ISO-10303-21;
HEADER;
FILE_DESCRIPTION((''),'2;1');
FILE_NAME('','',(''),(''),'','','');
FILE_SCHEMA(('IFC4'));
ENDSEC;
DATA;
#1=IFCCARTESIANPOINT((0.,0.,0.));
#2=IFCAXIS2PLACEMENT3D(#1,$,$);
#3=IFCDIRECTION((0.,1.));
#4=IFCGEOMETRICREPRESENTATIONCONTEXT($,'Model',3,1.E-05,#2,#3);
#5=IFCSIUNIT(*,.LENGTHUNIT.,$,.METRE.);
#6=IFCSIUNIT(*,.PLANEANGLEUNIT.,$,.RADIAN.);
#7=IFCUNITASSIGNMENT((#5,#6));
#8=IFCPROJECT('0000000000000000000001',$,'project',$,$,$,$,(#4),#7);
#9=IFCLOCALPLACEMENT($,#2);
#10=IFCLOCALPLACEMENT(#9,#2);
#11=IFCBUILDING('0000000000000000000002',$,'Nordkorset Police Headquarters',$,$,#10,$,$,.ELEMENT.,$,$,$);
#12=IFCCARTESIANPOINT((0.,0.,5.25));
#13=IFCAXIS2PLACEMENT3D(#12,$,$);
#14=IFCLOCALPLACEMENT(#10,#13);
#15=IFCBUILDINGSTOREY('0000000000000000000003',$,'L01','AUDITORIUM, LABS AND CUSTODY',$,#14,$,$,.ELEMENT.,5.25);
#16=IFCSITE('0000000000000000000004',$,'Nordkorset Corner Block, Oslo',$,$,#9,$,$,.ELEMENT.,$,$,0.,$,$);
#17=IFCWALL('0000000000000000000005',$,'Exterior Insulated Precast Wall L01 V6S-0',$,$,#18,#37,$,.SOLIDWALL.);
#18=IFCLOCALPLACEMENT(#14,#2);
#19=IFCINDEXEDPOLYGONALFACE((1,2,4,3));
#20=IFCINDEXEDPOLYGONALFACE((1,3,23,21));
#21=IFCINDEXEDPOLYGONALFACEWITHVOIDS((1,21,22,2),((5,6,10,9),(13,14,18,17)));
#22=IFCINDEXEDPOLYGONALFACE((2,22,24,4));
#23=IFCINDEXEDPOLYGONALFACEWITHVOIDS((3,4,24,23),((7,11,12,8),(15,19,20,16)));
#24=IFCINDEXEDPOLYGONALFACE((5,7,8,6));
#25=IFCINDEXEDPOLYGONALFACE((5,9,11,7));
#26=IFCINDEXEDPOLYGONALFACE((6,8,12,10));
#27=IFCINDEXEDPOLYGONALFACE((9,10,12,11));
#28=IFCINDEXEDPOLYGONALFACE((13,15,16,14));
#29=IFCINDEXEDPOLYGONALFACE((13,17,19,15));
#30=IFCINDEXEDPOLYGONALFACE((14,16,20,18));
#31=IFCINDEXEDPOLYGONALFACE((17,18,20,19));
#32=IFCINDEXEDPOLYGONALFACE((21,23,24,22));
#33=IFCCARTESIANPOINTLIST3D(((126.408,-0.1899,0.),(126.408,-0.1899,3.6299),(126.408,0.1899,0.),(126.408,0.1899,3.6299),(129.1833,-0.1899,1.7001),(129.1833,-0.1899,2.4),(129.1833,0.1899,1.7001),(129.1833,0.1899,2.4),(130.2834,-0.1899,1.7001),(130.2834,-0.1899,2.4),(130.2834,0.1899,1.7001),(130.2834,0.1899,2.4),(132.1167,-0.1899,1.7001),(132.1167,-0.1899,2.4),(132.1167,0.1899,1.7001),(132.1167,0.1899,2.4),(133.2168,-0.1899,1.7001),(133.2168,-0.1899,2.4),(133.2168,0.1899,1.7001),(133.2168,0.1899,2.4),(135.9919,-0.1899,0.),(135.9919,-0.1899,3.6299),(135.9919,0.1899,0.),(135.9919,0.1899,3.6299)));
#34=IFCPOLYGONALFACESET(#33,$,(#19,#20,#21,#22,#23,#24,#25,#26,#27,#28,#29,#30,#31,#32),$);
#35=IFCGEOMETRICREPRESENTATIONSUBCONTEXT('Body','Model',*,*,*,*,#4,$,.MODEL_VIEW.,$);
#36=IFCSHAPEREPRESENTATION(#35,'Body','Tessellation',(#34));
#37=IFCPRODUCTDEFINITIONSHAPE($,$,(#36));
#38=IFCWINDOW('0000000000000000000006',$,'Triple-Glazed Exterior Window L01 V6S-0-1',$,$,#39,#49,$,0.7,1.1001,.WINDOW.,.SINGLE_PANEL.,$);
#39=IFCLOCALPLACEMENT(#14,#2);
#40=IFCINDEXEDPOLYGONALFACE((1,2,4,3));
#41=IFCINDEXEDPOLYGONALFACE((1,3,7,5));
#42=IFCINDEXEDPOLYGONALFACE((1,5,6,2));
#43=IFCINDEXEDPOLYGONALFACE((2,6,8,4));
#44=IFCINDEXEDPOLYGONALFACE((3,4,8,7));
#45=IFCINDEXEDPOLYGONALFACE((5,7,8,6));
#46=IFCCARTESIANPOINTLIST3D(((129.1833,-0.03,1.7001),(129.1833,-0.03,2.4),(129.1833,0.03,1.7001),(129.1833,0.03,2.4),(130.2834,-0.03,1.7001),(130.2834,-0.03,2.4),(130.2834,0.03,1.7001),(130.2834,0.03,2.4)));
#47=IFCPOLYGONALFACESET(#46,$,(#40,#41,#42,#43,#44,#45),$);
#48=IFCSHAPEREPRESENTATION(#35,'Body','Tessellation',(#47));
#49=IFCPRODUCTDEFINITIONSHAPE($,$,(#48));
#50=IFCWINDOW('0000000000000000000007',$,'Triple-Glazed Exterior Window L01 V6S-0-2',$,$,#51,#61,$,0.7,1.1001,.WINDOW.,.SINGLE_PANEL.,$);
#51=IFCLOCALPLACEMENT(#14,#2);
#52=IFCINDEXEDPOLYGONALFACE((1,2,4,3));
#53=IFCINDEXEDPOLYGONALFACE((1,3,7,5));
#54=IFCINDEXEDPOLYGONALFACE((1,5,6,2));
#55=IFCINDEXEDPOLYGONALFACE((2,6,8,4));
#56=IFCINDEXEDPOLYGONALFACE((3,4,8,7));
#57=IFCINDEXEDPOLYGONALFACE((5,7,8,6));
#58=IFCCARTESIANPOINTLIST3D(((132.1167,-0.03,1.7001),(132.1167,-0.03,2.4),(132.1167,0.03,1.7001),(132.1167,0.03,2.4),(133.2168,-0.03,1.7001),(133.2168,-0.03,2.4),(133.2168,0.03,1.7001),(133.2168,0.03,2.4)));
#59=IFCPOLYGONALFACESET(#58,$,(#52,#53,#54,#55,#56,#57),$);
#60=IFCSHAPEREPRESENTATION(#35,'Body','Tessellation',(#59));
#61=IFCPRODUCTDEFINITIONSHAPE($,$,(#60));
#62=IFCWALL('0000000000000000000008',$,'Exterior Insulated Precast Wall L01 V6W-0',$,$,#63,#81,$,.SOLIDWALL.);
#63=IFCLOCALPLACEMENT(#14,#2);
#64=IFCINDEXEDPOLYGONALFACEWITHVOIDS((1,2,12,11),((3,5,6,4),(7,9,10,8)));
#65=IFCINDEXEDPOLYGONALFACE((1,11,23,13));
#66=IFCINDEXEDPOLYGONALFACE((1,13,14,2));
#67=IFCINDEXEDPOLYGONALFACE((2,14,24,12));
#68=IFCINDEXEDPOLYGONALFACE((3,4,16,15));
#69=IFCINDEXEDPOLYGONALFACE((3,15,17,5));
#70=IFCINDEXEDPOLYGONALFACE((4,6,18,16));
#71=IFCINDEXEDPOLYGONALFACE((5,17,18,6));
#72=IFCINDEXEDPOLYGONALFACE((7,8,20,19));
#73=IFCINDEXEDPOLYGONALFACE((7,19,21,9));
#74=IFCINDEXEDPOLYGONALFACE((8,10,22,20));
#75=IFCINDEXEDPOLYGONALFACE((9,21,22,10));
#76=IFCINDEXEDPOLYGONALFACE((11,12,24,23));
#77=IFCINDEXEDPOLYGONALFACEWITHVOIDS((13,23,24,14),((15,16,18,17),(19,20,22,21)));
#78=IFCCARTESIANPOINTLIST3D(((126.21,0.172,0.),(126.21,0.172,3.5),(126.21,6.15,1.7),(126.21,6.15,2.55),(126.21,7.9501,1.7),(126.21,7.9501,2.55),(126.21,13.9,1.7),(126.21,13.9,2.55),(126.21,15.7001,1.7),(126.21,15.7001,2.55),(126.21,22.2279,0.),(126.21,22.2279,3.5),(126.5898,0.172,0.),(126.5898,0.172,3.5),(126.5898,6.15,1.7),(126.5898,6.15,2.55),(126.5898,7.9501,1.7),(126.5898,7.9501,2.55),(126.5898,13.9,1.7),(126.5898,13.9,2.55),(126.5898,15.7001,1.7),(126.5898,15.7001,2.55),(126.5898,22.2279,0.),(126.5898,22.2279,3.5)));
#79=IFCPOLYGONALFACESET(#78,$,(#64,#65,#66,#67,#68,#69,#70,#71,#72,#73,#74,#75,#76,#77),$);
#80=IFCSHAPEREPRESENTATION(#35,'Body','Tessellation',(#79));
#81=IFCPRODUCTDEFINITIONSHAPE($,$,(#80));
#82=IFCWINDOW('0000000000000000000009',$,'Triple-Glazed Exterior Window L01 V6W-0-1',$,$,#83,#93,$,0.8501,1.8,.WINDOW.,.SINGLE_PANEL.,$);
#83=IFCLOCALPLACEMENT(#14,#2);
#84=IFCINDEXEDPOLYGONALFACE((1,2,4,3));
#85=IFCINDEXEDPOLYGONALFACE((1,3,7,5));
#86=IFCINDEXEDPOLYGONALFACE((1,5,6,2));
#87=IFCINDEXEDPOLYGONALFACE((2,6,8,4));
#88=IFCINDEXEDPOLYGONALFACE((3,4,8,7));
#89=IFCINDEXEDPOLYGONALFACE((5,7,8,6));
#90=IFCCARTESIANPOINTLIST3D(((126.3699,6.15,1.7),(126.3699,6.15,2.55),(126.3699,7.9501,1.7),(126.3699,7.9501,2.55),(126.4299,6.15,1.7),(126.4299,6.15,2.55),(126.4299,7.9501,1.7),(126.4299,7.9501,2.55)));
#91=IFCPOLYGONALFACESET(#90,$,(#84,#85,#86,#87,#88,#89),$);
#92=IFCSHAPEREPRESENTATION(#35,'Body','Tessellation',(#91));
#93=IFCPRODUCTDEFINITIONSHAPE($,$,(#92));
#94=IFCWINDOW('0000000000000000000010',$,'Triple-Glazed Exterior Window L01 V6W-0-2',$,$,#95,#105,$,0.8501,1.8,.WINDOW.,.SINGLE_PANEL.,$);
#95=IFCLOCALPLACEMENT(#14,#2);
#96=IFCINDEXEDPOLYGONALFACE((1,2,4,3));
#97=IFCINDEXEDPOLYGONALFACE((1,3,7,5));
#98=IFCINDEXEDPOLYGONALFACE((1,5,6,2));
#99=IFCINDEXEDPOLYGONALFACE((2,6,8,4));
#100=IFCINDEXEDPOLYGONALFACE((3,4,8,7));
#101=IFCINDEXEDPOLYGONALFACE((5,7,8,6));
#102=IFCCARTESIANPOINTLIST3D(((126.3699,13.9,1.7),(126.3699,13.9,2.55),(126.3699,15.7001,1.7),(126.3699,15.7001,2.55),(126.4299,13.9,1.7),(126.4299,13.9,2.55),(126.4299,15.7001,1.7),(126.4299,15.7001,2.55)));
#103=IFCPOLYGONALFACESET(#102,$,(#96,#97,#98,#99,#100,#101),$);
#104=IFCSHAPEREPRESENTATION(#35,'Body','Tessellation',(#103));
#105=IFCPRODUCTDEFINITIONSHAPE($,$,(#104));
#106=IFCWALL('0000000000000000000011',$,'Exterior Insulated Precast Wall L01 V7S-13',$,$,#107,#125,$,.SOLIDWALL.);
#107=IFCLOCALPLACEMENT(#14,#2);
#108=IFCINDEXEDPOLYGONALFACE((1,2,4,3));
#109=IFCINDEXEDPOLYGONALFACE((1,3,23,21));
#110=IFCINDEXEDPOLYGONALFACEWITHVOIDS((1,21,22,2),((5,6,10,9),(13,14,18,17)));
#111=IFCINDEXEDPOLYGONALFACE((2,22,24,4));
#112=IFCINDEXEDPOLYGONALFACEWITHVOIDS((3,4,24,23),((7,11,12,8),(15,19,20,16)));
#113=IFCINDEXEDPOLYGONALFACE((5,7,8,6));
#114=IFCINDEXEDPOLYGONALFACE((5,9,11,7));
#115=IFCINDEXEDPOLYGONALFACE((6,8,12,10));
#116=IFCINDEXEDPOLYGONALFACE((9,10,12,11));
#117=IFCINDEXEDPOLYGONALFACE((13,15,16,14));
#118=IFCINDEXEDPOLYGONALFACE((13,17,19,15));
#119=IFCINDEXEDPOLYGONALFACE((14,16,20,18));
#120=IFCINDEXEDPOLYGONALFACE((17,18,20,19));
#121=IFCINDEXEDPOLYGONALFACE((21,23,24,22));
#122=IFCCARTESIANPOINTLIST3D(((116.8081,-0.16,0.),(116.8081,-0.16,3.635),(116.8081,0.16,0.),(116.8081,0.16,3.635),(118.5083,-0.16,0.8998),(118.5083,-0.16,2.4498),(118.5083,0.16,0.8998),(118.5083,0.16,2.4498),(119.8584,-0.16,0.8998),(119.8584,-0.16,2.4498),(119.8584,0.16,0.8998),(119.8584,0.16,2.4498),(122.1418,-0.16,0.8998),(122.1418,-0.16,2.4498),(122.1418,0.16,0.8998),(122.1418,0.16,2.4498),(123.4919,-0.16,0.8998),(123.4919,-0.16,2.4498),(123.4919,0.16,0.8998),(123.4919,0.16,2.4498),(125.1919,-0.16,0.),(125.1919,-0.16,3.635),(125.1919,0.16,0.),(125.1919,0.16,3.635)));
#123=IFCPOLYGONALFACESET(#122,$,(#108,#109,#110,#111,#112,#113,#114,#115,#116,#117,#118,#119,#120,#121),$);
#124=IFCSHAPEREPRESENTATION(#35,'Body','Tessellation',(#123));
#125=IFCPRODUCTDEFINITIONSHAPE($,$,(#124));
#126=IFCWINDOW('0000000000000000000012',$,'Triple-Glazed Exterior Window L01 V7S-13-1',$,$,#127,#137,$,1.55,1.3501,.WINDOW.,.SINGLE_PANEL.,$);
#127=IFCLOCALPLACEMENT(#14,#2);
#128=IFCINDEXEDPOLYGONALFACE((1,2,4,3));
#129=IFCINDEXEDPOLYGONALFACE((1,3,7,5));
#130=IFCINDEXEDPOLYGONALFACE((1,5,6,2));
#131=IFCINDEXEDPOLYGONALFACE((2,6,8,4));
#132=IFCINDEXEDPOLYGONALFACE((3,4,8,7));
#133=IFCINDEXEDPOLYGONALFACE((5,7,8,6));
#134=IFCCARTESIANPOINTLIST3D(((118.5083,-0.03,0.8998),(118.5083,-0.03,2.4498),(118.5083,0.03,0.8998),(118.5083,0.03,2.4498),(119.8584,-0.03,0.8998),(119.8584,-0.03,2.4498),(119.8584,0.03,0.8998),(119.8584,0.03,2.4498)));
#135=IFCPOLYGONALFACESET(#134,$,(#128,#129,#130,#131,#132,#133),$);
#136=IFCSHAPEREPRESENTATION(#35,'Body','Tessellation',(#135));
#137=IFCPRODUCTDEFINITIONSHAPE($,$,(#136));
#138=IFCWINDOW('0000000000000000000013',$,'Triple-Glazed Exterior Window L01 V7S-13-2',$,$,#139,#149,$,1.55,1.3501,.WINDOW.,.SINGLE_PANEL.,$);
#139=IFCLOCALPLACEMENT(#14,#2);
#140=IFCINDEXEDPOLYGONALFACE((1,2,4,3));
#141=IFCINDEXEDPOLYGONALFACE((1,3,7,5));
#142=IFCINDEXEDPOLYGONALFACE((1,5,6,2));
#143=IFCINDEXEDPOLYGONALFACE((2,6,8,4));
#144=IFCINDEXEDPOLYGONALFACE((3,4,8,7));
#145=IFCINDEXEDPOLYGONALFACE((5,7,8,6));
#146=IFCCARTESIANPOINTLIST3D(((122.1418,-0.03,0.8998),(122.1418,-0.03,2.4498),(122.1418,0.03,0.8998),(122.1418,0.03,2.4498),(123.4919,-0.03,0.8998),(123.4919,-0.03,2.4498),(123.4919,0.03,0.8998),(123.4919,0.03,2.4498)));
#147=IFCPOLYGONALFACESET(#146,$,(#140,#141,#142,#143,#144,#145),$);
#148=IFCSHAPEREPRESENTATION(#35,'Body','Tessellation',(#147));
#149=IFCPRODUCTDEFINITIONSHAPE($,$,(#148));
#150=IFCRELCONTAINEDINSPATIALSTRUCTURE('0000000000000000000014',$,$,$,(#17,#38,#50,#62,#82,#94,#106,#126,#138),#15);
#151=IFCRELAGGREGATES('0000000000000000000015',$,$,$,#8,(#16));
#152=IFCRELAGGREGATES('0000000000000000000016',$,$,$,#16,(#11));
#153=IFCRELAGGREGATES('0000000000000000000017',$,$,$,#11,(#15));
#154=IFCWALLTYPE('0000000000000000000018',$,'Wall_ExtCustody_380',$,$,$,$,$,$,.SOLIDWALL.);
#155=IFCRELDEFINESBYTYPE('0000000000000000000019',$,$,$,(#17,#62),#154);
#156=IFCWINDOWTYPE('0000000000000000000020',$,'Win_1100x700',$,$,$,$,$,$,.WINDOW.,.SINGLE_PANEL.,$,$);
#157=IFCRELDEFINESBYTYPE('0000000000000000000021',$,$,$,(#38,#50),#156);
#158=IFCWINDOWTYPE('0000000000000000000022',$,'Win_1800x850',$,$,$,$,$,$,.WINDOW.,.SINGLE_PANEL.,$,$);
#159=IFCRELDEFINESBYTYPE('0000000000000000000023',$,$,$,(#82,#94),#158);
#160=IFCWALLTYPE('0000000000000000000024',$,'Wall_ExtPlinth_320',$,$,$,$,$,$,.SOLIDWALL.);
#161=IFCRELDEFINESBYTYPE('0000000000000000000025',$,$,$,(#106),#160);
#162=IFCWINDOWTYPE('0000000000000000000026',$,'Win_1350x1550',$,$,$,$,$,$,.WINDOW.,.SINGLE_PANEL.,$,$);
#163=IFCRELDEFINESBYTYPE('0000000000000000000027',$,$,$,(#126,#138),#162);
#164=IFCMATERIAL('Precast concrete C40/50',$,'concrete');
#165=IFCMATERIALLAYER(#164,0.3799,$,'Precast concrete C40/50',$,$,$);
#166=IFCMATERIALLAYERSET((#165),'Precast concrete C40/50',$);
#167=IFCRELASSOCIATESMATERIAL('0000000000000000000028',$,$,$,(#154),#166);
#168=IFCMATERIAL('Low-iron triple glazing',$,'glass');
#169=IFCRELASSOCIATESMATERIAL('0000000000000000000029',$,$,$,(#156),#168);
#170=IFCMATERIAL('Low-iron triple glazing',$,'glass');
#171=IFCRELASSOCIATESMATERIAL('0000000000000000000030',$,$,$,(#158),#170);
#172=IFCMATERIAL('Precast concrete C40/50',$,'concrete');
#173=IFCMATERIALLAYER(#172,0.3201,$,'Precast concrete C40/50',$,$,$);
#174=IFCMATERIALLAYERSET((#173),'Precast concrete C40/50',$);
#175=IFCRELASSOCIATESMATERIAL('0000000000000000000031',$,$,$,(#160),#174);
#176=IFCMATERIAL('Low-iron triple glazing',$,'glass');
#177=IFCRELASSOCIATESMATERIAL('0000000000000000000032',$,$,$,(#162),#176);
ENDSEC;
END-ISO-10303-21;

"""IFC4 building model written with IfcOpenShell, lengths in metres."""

from ifc_helpers import new_model, si_unit, direction, frame, frame_2d, origin, place, context, subcontext, project, spatial, rectangle, extrude, material, layer, layer_set, type_object, element, fill, save


model = new_model("IFC4")

# Units and contexts
model_context = context("Model", 3, precision=1e-05, world=origin(), true_north=direction((0.0, 1.0)))
body_context = subcontext(model_context, "Body", "Model", "MODEL_VIEW")
ifc_project = project(units=[si_unit("LENGTHUNIT", "METRE"), si_unit("PLANEANGLEUNIT", "RADIAN")], contexts=[model_context])

# Site, building, storey
site_placement = place(None, origin())
site = spatial("IfcSite", under=ifc_project, at=site_placement, Name="Nordkorset Corner Block, Oslo", CompositionType="ELEMENT", RefElevation=0.0)
building_placement = place(site_placement, origin())
building = spatial("IfcBuilding", under=site, at=building_placement, Name="Nordkorset Police Headquarters", CompositionType="ELEMENT")
storey_placement = place(building_placement, frame((0.0, 0.0, 5.25)))
storey = spatial("IfcBuildingStorey", under=building, at=storey_placement, Name="L01", Description="AUDITORIUM, LABS AND CUSTODY", CompositionType="ELEMENT", Elevation=5.25)

# Walls, openings, windows
ifc_material_1 = material(Name="Precast concrete C40/50", Category="concrete")
ifc_layer_1 = layer(ifc_material_1, 0.3799, Name="Precast concrete C40/50")
ifc_layer_set_1 = layer_set([ifc_layer_1], Name="Precast concrete C40/50")
wall_type_1 = type_object("IfcWallType", Name="Wall_ExtCustody_380", PredefinedType="SOLIDWALL", material=ifc_layer_set_1)
wall_1_placement = place(storey_placement, frame((126.408, 0.0, 0.0), z_axis=(0.0, 0.0, 1.0), x_axis=(1.0, 0.0, 0.0)))
wall_1 = element("IfcWall", 1, at=wall_1_placement, inside=storey, type_object=wall_type_1, Name="Exterior Insulated Precast Wall L01 V6S-0", PredefinedType="SOLIDWALL", context=body_context, shape_type="SweptSolid", body=[
    extrude(rectangle(XDim=9.584, YDim=0.3799, at=frame_2d((4.792, 0.0))), origin(), (0.0, 0.0, 1.0), 3.6299),
])
opening_1_placement = place(wall_1_placement, frame((2.7754, 0.0, 1.7)))
opening_1 = element("IfcOpeningElement", 2, at=opening_1_placement, cuts=wall_1, PredefinedType="OPENING", context=body_context, shape_type="SweptSolid", body=[
    extrude(rectangle(XDim=1.1001, YDim=0.7, at=frame_2d((0.55, 0.3501))), frame((0.0, 0.2, 0.0), z_axis=(0.0, -1.0, 0.0), x_axis=(1.0, 0.0, 0.0)), (0.0, 0.0, 1.0), 0.3999),
])
opening_2_placement = place(wall_1_placement, frame((5.7087, 0.0, 1.7)))
opening_2 = element("IfcOpeningElement", 3, at=opening_2_placement, cuts=wall_1, PredefinedType="OPENING", context=body_context, shape_type="SweptSolid", body=[
    extrude(rectangle(XDim=1.1001, YDim=0.7, at=frame_2d((0.55, 0.3501))), frame((0.0, 0.2, 0.0), z_axis=(0.0, -1.0, 0.0), x_axis=(1.0, 0.0, 0.0)), (0.0, 0.0, 1.0), 0.3999),
])
ifc_material_2 = material(Name="Low-iron triple glazing", Category="glass")
window_type_1 = type_object("IfcWindowType", Name="Win_1100x700", PartitioningType="SINGLE_PANEL", PredefinedType="WINDOW", material=ifc_material_2)
window_1_placement = place(opening_1_placement, origin())
window_1 = element("IfcWindow", 4, at=window_1_placement, inside=storey, type_object=window_type_1, Name="Triple-Glazed Exterior Window L01 V6S-0-1", OverallHeight=0.7, OverallWidth=1.1001, PartitioningType="SINGLE_PANEL", PredefinedType="WINDOW", context=body_context, shape_type="SweptSolid", body=[
    extrude(rectangle(XDim=1.1001, YDim=0.7, at=frame_2d((0.55, 0.3501))), frame((0.0, 0.03, 0.0), z_axis=(0.0, -1.0, 0.0), x_axis=(1.0, 0.0, 0.0)), (0.0, 0.0, 1.0), 0.0601),
])
fill(opening_1, window_1)
window_2_placement = place(opening_2_placement, origin())
window_2 = element("IfcWindow", 5, at=window_2_placement, inside=storey, type_object=window_type_1, Name="Triple-Glazed Exterior Window L01 V6S-0-2", OverallHeight=0.7, OverallWidth=1.1001, PartitioningType="SINGLE_PANEL", PredefinedType="WINDOW", context=body_context, shape_type="SweptSolid", body=[
    extrude(rectangle(XDim=1.1001, YDim=0.7, at=frame_2d((0.55, 0.3501))), frame((0.0, 0.03, 0.0), z_axis=(0.0, -1.0, 0.0), x_axis=(1.0, 0.0, 0.0)), (0.0, 0.0, 1.0), 0.0601),
])
fill(opening_2, window_2)
wall_2_placement = place(storey_placement, frame((126.3999, 0.1721, 0.0), z_axis=(0.0, 0.0, 1.0), x_axis=(0.0, 1.0, 0.0)))
wall_2 = element("IfcWall", 6, at=wall_2_placement, inside=storey, type_object=wall_type_1, Name="Exterior Insulated Precast Wall L01 V6W-0", PredefinedType="SOLIDWALL", context=body_context, shape_type="SweptSolid", body=[
    extrude(rectangle(XDim=22.0559, YDim=0.3799, at=frame_2d((11.0278, 0.0))), origin(), (0.0, 0.0, 1.0), 3.5),
])
opening_3_placement = place(wall_2_placement, frame((5.978, 0.0, 1.7)))
opening_3 = element("IfcOpeningElement", 7, at=opening_3_placement, cuts=wall_2, PredefinedType="OPENING", context=body_context, shape_type="SweptSolid", body=[
    extrude(rectangle(XDim=1.8, YDim=0.8501, at=frame_2d((0.8999, 0.425))), frame((0.0, 0.2, 0.0), z_axis=(0.0, -1.0, 0.0), x_axis=(1.0, 0.0, 0.0)), (0.0, 0.0, 1.0), 0.3999),
])
opening_4_placement = place(wall_2_placement, frame((13.728, 0.0, 1.7)))
opening_4 = element("IfcOpeningElement", 8, at=opening_4_placement, cuts=wall_2, PredefinedType="OPENING", context=body_context, shape_type="SweptSolid", body=[
    extrude(rectangle(XDim=1.8, YDim=0.8501, at=frame_2d((0.8999, 0.425))), frame((0.0, 0.2, 0.0), z_axis=(0.0, -1.0, 0.0), x_axis=(1.0, 0.0, 0.0)), (0.0, 0.0, 1.0), 0.3999),
])
ifc_material_3 = material(Name="Low-iron triple glazing", Category="glass")
window_type_2 = type_object("IfcWindowType", Name="Win_1800x850", PartitioningType="SINGLE_PANEL", PredefinedType="WINDOW", material=ifc_material_3)
window_3_placement = place(opening_3_placement, origin())
window_3 = element("IfcWindow", 9, at=window_3_placement, inside=storey, type_object=window_type_2, Name="Triple-Glazed Exterior Window L01 V6W-0-1", OverallHeight=0.8501, OverallWidth=1.8, PartitioningType="SINGLE_PANEL", PredefinedType="WINDOW", context=body_context, shape_type="SweptSolid", body=[
    extrude(rectangle(XDim=1.8, YDim=0.8501, at=frame_2d((0.8999, 0.425))), frame((0.0, 0.03, 0.0), z_axis=(0.0, -1.0, 0.0), x_axis=(1.0, 0.0, 0.0)), (0.0, 0.0, 1.0), 0.0601),
])
fill(opening_3, window_3)
window_4_placement = place(opening_4_placement, origin())
window_4 = element("IfcWindow", 10, at=window_4_placement, inside=storey, type_object=window_type_2, Name="Triple-Glazed Exterior Window L01 V6W-0-2", OverallHeight=0.8501, OverallWidth=1.8, PartitioningType="SINGLE_PANEL", PredefinedType="WINDOW", context=body_context, shape_type="SweptSolid", body=[
    extrude(rectangle(XDim=1.8, YDim=0.8501, at=frame_2d((0.8999, 0.425))), frame((0.0, 0.03, 0.0), z_axis=(0.0, -1.0, 0.0), x_axis=(1.0, 0.0, 0.0)), (0.0, 0.0, 1.0), 0.0601),
])
fill(opening_4, window_4)
ifc_material_4 = material(Name="Precast concrete C40/50", Category="concrete")
ifc_layer_2 = layer(ifc_material_4, 0.3201, Name="Precast concrete C40/50")
ifc_layer_set_2 = layer_set([ifc_layer_2], Name="Precast concrete C40/50")
wall_type_2 = type_object("IfcWallType", Name="Wall_ExtPlinth_320", PredefinedType="SOLIDWALL", material=ifc_layer_set_2)
wall_3_placement = place(storey_placement, frame((116.8081, 0.0, 0.0), z_axis=(0.0, 0.0, 1.0), x_axis=(1.0, 0.0, 0.0)))
wall_3 = element("IfcWall", 11, at=wall_3_placement, inside=storey, type_object=wall_type_2, Name="Exterior Insulated Precast Wall L01 V7S-13", PredefinedType="SOLIDWALL", context=body_context, shape_type="SweptSolid", body=[
    extrude(rectangle(XDim=8.3838, YDim=0.3201, at=frame_2d((4.1919, 0.0))), origin(), (0.0, 0.0, 1.0), 3.635),
])
opening_5_placement = place(wall_3_placement, frame((1.7002, 0.0, 0.8999)))
opening_5 = element("IfcOpeningElement", 12, at=opening_5_placement, cuts=wall_3, PredefinedType="OPENING", context=body_context, shape_type="SweptSolid", body=[
    extrude(rectangle(XDim=1.3501, YDim=1.55, at=frame_2d((0.675, 0.7749))), frame((0.0, 0.1699, 0.0), z_axis=(0.0, -1.0, 0.0), x_axis=(1.0, 0.0, 0.0)), (0.0, 0.0, 1.0), 0.3401),
])
opening_6_placement = place(wall_3_placement, frame((5.3337, 0.0, 0.8999)))
opening_6 = element("IfcOpeningElement", 13, at=opening_6_placement, cuts=wall_3, PredefinedType="OPENING", context=body_context, shape_type="SweptSolid", body=[
    extrude(rectangle(XDim=1.3501, YDim=1.55, at=frame_2d((0.675, 0.7749))), frame((0.0, 0.1699, 0.0), z_axis=(0.0, -1.0, 0.0), x_axis=(1.0, 0.0, 0.0)), (0.0, 0.0, 1.0), 0.3401),
])
ifc_material_5 = material(Name="Low-iron triple glazing", Category="glass")
window_type_3 = type_object("IfcWindowType", Name="Win_1350x1550", PartitioningType="SINGLE_PANEL", PredefinedType="WINDOW", material=ifc_material_5)
window_5_placement = place(opening_5_placement, origin())
window_5 = element("IfcWindow", 14, at=window_5_placement, inside=storey, type_object=window_type_3, Name="Triple-Glazed Exterior Window L01 V7S-13-1", OverallHeight=1.55, OverallWidth=1.3501, PartitioningType="SINGLE_PANEL", PredefinedType="WINDOW", context=body_context, shape_type="SweptSolid", body=[
    extrude(rectangle(XDim=1.3501, YDim=1.55, at=frame_2d((0.675, 0.7749))), frame((0.0, 0.03, 0.0), z_axis=(0.0, -1.0, 0.0), x_axis=(1.0, 0.0, 0.0)), (0.0, 0.0, 1.0), 0.0601),
])
fill(opening_5, window_5)
window_6_placement = place(opening_6_placement, origin())
window_6 = element("IfcWindow", 15, at=window_6_placement, inside=storey, type_object=window_type_3, Name="Triple-Glazed Exterior Window L01 V7S-13-2", OverallHeight=1.55, OverallWidth=1.3501, PartitioningType="SINGLE_PANEL", PredefinedType="WINDOW", context=body_context, shape_type="SweptSolid", body=[
    extrude(rectangle(XDim=1.3501, YDim=1.55, at=frame_2d((0.675, 0.7749))), frame((0.0, 0.03, 0.0), z_axis=(0.0, -1.0, 0.0), x_axis=(1.0, 0.0, 0.0)), (0.0, 0.0, 1.0), 0.0601),
])
fill(opening_6, window_6)

save(model, "model.ifc")
